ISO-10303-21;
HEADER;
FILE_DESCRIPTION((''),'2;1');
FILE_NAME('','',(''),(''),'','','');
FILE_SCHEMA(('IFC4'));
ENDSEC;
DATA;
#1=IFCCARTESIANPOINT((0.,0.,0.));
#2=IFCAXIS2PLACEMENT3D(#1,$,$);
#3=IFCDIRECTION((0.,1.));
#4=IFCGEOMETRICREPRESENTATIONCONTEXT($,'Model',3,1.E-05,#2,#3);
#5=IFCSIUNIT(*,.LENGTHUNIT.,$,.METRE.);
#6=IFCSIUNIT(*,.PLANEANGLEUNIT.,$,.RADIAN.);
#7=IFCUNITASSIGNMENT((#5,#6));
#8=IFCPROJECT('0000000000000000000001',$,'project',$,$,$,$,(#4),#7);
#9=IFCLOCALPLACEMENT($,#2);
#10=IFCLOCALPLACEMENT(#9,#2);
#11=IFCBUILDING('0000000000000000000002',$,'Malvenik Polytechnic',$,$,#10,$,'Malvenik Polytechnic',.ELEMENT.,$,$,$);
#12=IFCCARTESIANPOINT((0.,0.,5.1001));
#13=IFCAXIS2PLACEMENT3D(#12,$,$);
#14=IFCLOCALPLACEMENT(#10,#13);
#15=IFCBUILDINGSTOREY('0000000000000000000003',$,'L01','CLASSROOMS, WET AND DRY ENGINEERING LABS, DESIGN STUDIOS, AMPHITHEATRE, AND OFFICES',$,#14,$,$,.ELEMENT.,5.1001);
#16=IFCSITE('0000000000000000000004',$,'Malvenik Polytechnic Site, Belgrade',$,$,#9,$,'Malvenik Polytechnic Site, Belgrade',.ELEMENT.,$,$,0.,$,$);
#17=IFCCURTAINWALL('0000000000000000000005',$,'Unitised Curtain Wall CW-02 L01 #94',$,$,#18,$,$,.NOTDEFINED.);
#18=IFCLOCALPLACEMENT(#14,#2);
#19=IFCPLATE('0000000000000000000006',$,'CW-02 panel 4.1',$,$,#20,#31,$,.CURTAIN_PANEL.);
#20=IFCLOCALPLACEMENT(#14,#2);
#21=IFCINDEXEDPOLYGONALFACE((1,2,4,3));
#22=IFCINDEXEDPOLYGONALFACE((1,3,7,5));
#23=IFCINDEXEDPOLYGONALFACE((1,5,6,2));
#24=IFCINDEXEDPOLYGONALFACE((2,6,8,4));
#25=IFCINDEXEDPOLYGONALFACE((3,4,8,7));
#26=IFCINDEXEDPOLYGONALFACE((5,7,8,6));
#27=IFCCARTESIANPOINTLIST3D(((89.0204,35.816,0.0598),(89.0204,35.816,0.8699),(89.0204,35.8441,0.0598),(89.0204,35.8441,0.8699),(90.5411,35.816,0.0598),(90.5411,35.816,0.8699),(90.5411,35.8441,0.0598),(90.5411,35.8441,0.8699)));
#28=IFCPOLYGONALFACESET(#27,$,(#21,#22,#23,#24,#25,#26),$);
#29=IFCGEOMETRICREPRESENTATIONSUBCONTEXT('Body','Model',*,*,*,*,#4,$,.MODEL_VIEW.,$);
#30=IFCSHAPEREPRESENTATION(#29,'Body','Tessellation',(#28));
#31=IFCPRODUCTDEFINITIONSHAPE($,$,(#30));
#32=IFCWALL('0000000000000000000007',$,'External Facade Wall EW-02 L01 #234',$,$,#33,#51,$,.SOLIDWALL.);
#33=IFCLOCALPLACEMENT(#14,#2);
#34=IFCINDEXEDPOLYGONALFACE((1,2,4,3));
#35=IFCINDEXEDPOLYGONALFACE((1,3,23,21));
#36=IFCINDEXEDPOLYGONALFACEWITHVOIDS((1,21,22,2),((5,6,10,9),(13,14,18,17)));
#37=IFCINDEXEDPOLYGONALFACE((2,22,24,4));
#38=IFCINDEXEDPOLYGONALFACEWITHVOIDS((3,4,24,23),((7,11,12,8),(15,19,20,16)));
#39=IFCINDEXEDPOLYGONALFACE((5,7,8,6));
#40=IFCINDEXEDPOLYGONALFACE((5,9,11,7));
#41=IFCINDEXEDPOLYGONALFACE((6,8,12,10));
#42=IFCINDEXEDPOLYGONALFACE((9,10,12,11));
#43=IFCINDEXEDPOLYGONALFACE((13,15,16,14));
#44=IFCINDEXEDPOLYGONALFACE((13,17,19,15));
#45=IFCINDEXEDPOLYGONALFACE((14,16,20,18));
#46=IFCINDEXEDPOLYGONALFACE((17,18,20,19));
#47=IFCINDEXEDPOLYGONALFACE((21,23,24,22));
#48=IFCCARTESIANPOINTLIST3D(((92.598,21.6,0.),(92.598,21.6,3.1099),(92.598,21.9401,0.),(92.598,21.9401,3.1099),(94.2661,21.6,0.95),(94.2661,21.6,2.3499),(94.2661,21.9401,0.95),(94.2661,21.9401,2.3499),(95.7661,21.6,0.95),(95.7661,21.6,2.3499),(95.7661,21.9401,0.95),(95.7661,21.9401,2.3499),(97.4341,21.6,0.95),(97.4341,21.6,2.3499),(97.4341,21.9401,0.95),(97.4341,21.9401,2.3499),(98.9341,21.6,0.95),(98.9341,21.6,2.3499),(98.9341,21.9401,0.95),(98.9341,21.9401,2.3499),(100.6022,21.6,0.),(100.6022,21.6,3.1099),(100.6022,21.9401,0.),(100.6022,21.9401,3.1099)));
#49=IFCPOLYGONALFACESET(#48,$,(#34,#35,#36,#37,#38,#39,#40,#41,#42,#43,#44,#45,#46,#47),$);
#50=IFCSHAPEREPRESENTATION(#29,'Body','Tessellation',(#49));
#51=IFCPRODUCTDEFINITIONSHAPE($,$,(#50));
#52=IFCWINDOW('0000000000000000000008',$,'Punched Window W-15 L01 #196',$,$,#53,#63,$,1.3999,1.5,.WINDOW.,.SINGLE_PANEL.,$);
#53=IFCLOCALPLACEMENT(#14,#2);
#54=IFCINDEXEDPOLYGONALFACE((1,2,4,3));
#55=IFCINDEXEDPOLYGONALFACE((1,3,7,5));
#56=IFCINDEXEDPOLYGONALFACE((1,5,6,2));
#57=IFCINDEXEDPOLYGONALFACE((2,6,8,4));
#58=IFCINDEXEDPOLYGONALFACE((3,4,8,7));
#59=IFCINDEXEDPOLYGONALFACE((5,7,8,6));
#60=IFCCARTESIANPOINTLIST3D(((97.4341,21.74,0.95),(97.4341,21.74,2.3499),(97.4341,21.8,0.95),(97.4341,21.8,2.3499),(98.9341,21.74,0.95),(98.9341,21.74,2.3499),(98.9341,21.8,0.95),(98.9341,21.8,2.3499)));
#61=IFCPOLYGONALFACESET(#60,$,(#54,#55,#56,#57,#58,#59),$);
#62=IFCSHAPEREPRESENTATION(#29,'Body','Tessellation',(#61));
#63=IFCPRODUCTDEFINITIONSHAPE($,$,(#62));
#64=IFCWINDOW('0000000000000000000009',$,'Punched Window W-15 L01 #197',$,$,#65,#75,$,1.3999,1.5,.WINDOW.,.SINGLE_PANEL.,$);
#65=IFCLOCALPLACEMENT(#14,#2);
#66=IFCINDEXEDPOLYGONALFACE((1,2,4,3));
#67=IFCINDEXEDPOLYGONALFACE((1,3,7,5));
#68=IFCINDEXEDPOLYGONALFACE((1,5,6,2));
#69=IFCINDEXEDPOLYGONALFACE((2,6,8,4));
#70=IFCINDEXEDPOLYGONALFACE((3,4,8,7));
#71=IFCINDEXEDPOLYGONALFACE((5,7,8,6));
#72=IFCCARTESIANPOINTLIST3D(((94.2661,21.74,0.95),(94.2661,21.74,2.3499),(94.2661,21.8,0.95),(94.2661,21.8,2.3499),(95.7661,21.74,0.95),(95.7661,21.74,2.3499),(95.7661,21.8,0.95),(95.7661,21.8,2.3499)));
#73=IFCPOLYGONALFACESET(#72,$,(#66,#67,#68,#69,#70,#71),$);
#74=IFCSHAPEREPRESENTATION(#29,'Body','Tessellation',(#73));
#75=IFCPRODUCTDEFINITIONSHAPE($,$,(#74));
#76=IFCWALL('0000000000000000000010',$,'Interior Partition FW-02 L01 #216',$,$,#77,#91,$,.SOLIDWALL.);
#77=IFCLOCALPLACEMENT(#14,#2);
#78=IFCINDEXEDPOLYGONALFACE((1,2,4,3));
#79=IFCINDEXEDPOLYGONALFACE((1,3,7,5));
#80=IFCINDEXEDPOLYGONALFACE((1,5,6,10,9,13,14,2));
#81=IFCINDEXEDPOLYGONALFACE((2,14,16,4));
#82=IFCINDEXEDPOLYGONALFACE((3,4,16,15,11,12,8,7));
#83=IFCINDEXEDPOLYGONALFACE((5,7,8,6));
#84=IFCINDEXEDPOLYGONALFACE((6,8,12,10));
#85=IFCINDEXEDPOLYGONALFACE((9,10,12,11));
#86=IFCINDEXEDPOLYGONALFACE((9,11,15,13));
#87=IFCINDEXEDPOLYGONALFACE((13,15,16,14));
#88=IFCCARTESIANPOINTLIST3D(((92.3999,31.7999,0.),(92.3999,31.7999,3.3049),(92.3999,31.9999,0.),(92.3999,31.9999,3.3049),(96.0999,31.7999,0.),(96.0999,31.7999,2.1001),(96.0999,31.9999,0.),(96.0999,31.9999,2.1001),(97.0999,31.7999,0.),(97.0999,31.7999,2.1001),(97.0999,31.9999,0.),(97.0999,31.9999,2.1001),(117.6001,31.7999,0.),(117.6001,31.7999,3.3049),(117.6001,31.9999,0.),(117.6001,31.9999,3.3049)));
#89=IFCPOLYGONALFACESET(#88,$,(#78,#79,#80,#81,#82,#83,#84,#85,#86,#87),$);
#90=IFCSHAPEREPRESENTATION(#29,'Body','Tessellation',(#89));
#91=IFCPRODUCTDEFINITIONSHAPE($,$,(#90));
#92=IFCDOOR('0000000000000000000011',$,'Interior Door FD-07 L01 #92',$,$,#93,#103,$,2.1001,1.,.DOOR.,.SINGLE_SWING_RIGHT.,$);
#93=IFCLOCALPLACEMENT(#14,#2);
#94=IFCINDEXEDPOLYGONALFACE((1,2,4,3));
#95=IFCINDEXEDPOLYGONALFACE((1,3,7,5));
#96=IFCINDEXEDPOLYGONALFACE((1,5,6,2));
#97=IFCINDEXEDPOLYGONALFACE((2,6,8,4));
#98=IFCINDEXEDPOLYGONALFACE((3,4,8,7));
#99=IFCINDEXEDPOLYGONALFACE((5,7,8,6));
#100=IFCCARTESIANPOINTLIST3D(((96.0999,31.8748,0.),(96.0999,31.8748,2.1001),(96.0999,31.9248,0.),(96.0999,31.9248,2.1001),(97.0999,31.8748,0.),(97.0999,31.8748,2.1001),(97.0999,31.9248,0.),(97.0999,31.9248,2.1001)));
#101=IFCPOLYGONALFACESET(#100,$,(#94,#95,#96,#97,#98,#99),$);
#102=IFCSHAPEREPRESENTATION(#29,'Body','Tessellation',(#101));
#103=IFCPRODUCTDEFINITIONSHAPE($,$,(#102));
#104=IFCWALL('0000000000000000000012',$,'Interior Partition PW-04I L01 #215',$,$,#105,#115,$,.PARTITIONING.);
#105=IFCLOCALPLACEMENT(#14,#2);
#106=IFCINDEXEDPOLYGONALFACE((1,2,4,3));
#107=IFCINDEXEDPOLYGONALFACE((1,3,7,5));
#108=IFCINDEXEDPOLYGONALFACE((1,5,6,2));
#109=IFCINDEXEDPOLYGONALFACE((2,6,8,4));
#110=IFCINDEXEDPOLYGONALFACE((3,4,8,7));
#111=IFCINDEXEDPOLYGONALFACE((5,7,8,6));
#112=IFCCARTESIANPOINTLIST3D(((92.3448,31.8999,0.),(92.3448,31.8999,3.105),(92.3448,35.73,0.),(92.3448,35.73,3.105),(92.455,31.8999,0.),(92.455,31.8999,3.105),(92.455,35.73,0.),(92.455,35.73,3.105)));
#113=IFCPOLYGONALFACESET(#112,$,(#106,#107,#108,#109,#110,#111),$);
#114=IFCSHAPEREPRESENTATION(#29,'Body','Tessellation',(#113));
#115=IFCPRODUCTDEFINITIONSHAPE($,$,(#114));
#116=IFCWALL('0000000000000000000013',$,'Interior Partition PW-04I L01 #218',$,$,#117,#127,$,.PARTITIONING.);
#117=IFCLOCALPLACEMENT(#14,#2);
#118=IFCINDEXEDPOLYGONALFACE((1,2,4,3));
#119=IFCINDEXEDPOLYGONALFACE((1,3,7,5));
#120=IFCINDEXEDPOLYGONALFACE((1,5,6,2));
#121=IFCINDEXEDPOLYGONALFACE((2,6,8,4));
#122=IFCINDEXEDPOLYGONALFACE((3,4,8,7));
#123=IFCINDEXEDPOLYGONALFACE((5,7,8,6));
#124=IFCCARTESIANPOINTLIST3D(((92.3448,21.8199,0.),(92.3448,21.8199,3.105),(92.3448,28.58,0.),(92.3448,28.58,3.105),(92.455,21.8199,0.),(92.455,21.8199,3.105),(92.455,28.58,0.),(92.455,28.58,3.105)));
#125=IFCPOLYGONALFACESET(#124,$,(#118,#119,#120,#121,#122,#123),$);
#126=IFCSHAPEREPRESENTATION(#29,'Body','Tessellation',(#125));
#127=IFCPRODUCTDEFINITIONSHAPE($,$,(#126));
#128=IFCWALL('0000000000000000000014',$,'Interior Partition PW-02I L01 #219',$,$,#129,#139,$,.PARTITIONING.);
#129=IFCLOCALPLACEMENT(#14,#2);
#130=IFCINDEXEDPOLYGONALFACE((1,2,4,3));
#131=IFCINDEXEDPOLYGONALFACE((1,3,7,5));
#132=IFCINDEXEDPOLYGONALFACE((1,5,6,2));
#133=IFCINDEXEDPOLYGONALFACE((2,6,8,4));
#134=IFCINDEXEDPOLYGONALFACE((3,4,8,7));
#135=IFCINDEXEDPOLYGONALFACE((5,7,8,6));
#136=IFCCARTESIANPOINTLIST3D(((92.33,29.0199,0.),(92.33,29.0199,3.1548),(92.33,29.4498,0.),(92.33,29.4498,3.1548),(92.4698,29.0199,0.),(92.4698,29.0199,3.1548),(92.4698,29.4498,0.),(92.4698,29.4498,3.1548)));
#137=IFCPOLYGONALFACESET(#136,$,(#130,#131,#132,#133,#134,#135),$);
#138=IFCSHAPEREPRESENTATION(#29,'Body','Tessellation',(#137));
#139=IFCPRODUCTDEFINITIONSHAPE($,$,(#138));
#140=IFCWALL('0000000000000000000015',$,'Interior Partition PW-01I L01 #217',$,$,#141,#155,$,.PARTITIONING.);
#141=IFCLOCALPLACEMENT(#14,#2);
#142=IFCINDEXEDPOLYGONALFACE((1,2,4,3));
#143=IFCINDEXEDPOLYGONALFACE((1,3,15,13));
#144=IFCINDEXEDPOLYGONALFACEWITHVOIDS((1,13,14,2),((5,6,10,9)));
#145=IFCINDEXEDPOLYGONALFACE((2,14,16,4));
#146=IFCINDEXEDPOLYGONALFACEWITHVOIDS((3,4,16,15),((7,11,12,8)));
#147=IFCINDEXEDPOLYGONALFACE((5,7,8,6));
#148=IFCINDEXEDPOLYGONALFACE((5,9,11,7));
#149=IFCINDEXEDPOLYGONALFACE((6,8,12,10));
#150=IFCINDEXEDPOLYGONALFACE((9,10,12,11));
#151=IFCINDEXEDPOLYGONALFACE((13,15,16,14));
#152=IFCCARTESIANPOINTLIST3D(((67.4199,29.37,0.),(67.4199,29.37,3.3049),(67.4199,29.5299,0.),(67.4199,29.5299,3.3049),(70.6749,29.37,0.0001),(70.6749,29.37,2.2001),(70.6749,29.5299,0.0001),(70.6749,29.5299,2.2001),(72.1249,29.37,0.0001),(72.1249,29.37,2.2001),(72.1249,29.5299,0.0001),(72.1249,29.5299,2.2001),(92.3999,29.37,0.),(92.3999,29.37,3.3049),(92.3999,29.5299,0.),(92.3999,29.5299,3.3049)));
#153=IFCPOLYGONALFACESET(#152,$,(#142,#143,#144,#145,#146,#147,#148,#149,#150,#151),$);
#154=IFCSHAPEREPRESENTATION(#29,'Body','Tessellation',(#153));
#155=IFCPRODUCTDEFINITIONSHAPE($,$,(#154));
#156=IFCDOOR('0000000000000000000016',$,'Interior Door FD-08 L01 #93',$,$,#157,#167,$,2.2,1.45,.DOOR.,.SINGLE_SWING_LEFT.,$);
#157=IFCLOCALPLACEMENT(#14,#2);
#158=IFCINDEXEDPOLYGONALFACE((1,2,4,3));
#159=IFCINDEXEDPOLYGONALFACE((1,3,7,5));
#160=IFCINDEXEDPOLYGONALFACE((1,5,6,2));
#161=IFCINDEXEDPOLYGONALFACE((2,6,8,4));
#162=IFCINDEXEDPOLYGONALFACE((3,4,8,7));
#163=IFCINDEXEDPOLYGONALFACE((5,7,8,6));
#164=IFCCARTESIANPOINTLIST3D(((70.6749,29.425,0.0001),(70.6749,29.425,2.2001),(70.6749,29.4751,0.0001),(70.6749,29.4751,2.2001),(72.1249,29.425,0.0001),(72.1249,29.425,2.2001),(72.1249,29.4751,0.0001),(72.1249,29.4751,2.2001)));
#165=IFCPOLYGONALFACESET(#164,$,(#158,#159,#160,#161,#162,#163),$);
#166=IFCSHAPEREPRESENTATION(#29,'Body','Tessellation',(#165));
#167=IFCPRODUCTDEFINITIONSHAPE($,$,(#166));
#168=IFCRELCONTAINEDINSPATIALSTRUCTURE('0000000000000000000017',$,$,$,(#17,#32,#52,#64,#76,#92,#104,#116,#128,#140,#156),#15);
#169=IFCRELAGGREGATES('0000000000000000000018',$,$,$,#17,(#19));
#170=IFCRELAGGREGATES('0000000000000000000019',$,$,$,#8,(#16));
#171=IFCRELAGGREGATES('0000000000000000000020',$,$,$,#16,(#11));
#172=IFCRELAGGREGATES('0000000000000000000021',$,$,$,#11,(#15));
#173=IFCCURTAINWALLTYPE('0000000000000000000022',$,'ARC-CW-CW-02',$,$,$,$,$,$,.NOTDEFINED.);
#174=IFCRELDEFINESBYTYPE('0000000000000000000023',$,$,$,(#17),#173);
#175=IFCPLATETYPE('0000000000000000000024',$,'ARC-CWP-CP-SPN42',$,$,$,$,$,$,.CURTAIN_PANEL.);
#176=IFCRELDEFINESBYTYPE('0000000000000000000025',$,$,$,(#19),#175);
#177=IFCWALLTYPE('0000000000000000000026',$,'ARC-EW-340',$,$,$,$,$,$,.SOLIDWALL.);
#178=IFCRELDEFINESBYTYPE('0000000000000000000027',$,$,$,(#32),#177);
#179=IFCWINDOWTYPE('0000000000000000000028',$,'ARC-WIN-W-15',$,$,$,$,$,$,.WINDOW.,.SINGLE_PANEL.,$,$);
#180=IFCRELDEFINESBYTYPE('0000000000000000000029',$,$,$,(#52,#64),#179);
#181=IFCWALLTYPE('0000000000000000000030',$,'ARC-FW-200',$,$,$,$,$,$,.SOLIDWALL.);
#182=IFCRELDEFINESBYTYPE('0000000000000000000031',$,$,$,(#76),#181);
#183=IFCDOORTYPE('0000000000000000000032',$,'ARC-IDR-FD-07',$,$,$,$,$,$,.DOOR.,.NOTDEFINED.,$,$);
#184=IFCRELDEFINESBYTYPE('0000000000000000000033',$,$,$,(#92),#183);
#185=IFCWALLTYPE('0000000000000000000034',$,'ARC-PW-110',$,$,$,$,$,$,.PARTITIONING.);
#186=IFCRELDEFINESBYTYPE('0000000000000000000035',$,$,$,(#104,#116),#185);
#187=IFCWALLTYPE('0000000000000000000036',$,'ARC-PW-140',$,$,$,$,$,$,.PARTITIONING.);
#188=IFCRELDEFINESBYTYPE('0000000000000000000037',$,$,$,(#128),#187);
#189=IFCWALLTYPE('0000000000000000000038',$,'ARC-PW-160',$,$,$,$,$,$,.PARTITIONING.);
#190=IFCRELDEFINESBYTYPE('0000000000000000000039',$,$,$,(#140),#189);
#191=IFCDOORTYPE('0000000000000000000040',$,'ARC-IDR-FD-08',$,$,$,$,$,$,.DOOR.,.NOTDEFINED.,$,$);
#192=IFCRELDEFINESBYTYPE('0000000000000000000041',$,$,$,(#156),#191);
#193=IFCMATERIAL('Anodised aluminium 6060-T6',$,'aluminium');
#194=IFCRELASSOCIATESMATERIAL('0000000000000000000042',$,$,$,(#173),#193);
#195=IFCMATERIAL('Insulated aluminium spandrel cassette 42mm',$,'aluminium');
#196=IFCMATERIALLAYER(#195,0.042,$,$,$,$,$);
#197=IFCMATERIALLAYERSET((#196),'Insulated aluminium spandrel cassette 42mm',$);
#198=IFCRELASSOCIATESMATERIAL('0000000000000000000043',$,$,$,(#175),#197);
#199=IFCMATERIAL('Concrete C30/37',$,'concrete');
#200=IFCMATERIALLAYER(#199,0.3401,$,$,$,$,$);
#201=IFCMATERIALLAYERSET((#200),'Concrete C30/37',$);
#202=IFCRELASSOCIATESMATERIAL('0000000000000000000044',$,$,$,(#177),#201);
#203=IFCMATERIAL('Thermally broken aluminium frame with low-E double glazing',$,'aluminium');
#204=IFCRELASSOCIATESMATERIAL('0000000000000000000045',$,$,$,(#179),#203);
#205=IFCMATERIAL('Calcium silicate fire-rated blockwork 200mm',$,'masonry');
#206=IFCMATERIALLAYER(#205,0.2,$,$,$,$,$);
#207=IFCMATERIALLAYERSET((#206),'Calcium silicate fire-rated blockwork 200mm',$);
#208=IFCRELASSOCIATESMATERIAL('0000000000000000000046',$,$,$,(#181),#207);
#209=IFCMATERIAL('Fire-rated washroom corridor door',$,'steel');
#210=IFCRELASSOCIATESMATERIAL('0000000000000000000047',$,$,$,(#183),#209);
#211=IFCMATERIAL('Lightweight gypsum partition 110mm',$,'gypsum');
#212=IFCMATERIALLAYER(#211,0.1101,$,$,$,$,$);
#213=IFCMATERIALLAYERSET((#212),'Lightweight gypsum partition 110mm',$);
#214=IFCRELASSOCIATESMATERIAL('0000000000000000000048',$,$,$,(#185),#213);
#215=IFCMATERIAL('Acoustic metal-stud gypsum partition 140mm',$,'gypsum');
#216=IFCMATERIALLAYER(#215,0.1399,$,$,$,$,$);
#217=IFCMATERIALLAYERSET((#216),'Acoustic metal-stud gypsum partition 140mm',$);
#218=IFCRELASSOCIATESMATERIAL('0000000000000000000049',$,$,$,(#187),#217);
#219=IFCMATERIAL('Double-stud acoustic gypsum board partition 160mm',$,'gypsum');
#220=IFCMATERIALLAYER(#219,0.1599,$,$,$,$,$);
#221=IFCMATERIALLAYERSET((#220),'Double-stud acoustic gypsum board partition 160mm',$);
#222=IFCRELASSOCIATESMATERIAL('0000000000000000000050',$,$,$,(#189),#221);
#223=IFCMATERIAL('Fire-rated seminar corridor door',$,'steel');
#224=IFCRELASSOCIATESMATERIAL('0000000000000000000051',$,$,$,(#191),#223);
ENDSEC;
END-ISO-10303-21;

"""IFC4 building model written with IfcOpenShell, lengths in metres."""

from ifc_helpers import new_model, si_unit, direction, frame, frame_2d, origin, origin_2d, place, context, subcontext, project, spatial, rectangle, extrude, material, layer, layer_set, type_object, element, fill, aggregate, save


model = new_model("IFC4")

# Units and contexts
model_context = context("Model", 3, precision=1e-05, world=origin(), true_north=direction((0.0, 1.0)))
body_context = subcontext(model_context, "Body", "Model", "MODEL_VIEW")
ifc_project = project(units=[si_unit("LENGTHUNIT", "METRE"), si_unit("PLANEANGLEUNIT", "RADIAN")], contexts=[model_context])

# Site, building, storey
site_placement = place(None, origin())
site = spatial("IfcSite", under=ifc_project, at=site_placement, Name="Malvenik Polytechnic Site, Belgrade", LongName="Malvenik Polytechnic Site, Belgrade", CompositionType="ELEMENT", RefElevation=0.0)
building_placement = place(site_placement, origin())
building = spatial("IfcBuilding", under=site, at=building_placement, Name="Malvenik Polytechnic", LongName="Malvenik Polytechnic", CompositionType="ELEMENT")
storey_placement = place(building_placement, frame((0.0, 0.0, 5.1001)))
storey = spatial("IfcBuildingStorey", under=building, at=storey_placement, Name="L01", Description="CLASSROOMS, WET AND DRY ENGINEERING LABS, DESIGN STUDIOS, AMPHITHEATRE, AND OFFICES", CompositionType="ELEMENT", Elevation=5.1001)

# Shared definitions
ifc_material_1 = material(Name="Concrete C30/37", Category="concrete")

# Curtain wall
ifc_material_2 = material(Name="Anodised aluminium 6060-T6", Category="aluminium")
curtain_wall_type = type_object("IfcCurtainWallType", Name="ARC-CW-CW-02", PredefinedType="NOTDEFINED", material=ifc_material_2)
curtain_wall_1_placement = place(storey_placement, origin())
curtain_wall_1 = element("IfcCurtainWall", 1, at=curtain_wall_1_placement, inside=storey, type_object=curtain_wall_type, Name="Unitised Curtain Wall CW-02 L01 #94", PredefinedType="NOTDEFINED")

# Plate
ifc_material_3 = material(Name="Insulated aluminium spandrel cassette 42mm", Category="aluminium")
ifc_layer_1 = layer(ifc_material_3, 0.042)
ifc_layer_set_1 = layer_set([ifc_layer_1], Name="Insulated aluminium spandrel cassette 42mm")
plate_type = type_object("IfcPlateType", Name="ARC-CWP-CP-SPN42", PredefinedType="CURTAIN_PANEL", material=ifc_layer_set_1)
plate_placement = place(storey_placement, frame((89.7808, 35.8301, 0.0598), z_axis=(0.0, 0.0, 1.0), x_axis=(1.0, 0.0, 0.0)))
plate = element("IfcPlate", 2, at=plate_placement, type_object=plate_type, Name="CW-02 panel 4.1", PredefinedType="CURTAIN_PANEL", context=body_context, shape_type="SweptSolid", body=[
    extrude(rectangle(XDim=1.5208, YDim=0.0281, at=origin_2d()), origin(), (0.0, 0.0, 1.0), 0.8101),
])
aggregate(curtain_wall_1, [plate])

# Wall, openings, windows
ifc_layer_2 = layer(ifc_material_1, 0.3401)
ifc_layer_set_2 = layer_set([ifc_layer_2], Name="Concrete C30/37")
wall_type_1 = type_object("IfcWallType", Name="ARC-EW-340", PredefinedType="SOLIDWALL", material=ifc_layer_set_2)
wall_1_placement = place(storey_placement, frame((100.6021, 21.77, 0.0), z_axis=(0.0, 0.0, 1.0), x_axis=(-1.0, 0.0, 0.0)))
wall_1 = element("IfcWall", 3, at=wall_1_placement, inside=storey, type_object=wall_type_1, Name="External Facade Wall EW-02 L01 #234", PredefinedType="SOLIDWALL", context=body_context, shape_type="SweptSolid", body=[
    extrude(rectangle(XDim=8.0042, YDim=0.3401, at=frame_2d((4.002, 0.0))), origin(), (0.0, 0.0, 1.0), 3.1099),
])
opening_1_placement = place(wall_1_placement, frame((1.668, 0.0, 0.95)))
opening_1 = element("IfcOpeningElement", 4, at=opening_1_placement, cuts=wall_1, PredefinedType="OPENING", context=body_context, shape_type="SweptSolid", body=[
    extrude(rectangle(XDim=1.5, YDim=1.3999, at=frame_2d((0.75, 0.7))), frame((0.0, 0.1802, 0.0), z_axis=(0.0, -1.0, 0.0), x_axis=(1.0, 0.0, 0.0)), (0.0, 0.0, 1.0), 0.3601),
])
opening_2_placement = place(wall_1_placement, frame((4.8359, 0.0, 0.95)))
opening_2 = element("IfcOpeningElement", 5, at=opening_2_placement, cuts=wall_1, PredefinedType="OPENING", context=body_context, shape_type="SweptSolid", body=[
    extrude(rectangle(XDim=1.5, YDim=1.3999, at=frame_2d((0.75, 0.7))), frame((0.0, 0.1802, 0.0), z_axis=(0.0, -1.0, 0.0), x_axis=(1.0, 0.0, 0.0)), (0.0, 0.0, 1.0), 0.3601),
])
ifc_material_4 = material(Name="Thermally broken aluminium frame with low-E double glazing", Category="aluminium")
window_type = type_object("IfcWindowType", Name="ARC-WIN-W-15", PartitioningType="SINGLE_PANEL", PredefinedType="WINDOW", material=ifc_material_4)
window_1_placement = place(opening_1_placement, origin())
window_1 = element("IfcWindow", 6, at=window_1_placement, inside=storey, type_object=window_type, Name="Punched Window W-15 L01 #196", OverallHeight=1.3999, OverallWidth=1.5, PartitioningType="SINGLE_PANEL", PredefinedType="WINDOW", context=body_context, shape_type="SweptSolid", body=[
    extrude(rectangle(XDim=1.5, YDim=1.3999, at=frame_2d((0.75, 0.7))), frame((0.0, 0.03, 0.0), z_axis=(0.0, -1.0, 0.0), x_axis=(1.0, 0.0, 0.0)), (0.0, 0.0, 1.0), 0.0601),
])
fill(opening_1, window_1)
window_2_placement = place(opening_2_placement, origin())
window_2 = element("IfcWindow", 7, at=window_2_placement, inside=storey, type_object=window_type, Name="Punched Window W-15 L01 #197", OverallHeight=1.3999, OverallWidth=1.5, PartitioningType="SINGLE_PANEL", PredefinedType="WINDOW", context=body_context, shape_type="SweptSolid", body=[
    extrude(rectangle(XDim=1.5, YDim=1.3999, at=frame_2d((0.75, 0.7))), frame((0.0, 0.03, 0.0), z_axis=(0.0, -1.0, 0.0), x_axis=(1.0, 0.0, 0.0)), (0.0, 0.0, 1.0), 0.0601),
])
fill(opening_2, window_2)

# Wall, opening, door
ifc_material_5 = material(Name="Calcium silicate fire-rated blockwork 200mm", Category="masonry")
ifc_layer_3 = layer(ifc_material_5, 0.2)
ifc_layer_set_3 = layer_set([ifc_layer_3], Name="Calcium silicate fire-rated blockwork 200mm")
wall_type_2 = type_object("IfcWallType", Name="ARC-FW-200", PredefinedType="SOLIDWALL", material=ifc_layer_set_3)
wall_2_placement = place(storey_placement, frame((92.3999, 31.8999, 0.0), z_axis=(0.0, 0.0, 1.0), x_axis=(1.0, 0.0, 0.0)))
wall_2 = element("IfcWall", 8, at=wall_2_placement, inside=storey, type_object=wall_type_2, Name="Interior Partition FW-02 L01 #216", PredefinedType="SOLIDWALL", context=body_context, shape_type="SweptSolid", body=[
    extrude(rectangle(XDim=25.2002, YDim=0.2, at=frame_2d((12.6001, 0.0))), origin(), (0.0, 0.0, 1.0), 3.3049),
])
opening_3_placement = place(wall_2_placement, frame((3.7, 0.0, 0.0)))
opening_3 = element("IfcOpeningElement", 9, at=opening_3_placement, cuts=wall_2, PredefinedType="OPENING", context=body_context, shape_type="SweptSolid", body=[
    extrude(rectangle(XDim=1.0, YDim=2.1001, at=frame_2d((0.5, 1.05))), frame((0.0, 0.1099, 0.0), z_axis=(0.0, -1.0, 0.0), x_axis=(1.0, 0.0, 0.0)), (0.0, 0.0, 1.0), 0.22),
])
ifc_material_6 = material(Name="Fire-rated washroom corridor door", Category="steel")
door_type_1 = type_object("IfcDoorType", Name="ARC-IDR-FD-07", OperationType="NOTDEFINED", PredefinedType="DOOR", material=ifc_material_6)
door_1_placement = place(opening_3_placement, origin())
door_1 = element("IfcDoor", 10, at=door_1_placement, inside=storey, type_object=door_type_1, Name="Interior Door FD-07 L01 #92", OperationType="SINGLE_SWING_RIGHT", OverallHeight=2.1001, OverallWidth=1.0, PredefinedType="DOOR", context=body_context, shape_type="SweptSolid", body=[
    extrude(rectangle(XDim=1.0, YDim=2.1001, at=frame_2d((0.5, 1.05))), frame((0.0, 0.0249, 0.0), z_axis=(0.0, -1.0, 0.0), x_axis=(1.0, 0.0, 0.0)), (0.0, 0.0, 1.0), 0.05),
])
fill(opening_3, door_1)

# Walls
ifc_material_7 = material(Name="Lightweight gypsum partition 110mm", Category="gypsum")
ifc_layer_4 = layer(ifc_material_7, 0.1101)
ifc_layer_set_4 = layer_set([ifc_layer_4], Name="Lightweight gypsum partition 110mm")
wall_type_3 = type_object("IfcWallType", Name="ARC-PW-110", PredefinedType="PARTITIONING", material=ifc_layer_set_4)
wall_3_placement = place(storey_placement, frame((92.3999, 31.8999, 0.0), z_axis=(0.0, 0.0, 1.0), x_axis=(0.0, 1.0, 0.0)))
element("IfcWall", 11, at=wall_3_placement, inside=storey, type_object=wall_type_3, Name="Interior Partition PW-04I L01 #215", PredefinedType="PARTITIONING", context=body_context, shape_type="SweptSolid", body=[
    extrude(rectangle(XDim=3.8301, YDim=0.1101, at=frame_2d((1.915, 0.0))), origin(), (0.0, 0.0, 1.0), 3.105),
])
wall_4_placement = place(storey_placement, frame((92.3999, 21.8201, 0.0), z_axis=(0.0, 0.0, 1.0), x_axis=(0.0, 1.0, 0.0)))
element("IfcWall", 12, at=wall_4_placement, inside=storey, type_object=wall_type_3, Name="Interior Partition PW-04I L01 #218", PredefinedType="PARTITIONING", context=body_context, shape_type="SweptSolid", body=[
    extrude(rectangle(XDim=6.76, YDim=0.1101, at=frame_2d((3.3799, 0.0))), origin(), (0.0, 0.0, 1.0), 3.105),
])
ifc_material_8 = material(Name="Acoustic metal-stud gypsum partition 140mm", Category="gypsum")
ifc_layer_5 = layer(ifc_material_8, 0.1399)
ifc_layer_set_5 = layer_set([ifc_layer_5], Name="Acoustic metal-stud gypsum partition 140mm")
wall_type_4 = type_object("IfcWallType", Name="ARC-PW-140", PredefinedType="PARTITIONING", material=ifc_layer_set_5)
wall_5_placement = place(storey_placement, frame((92.3999, 29.02, 0.0), z_axis=(0.0, 0.0, 1.0), x_axis=(0.0, 1.0, 0.0)))
element("IfcWall", 13, at=wall_5_placement, inside=storey, type_object=wall_type_4, Name="Interior Partition PW-02I L01 #219", PredefinedType="PARTITIONING", context=body_context, shape_type="SweptSolid", body=[
    extrude(rectangle(XDim=0.4299, YDim=0.1399, at=frame_2d((0.2148, 0.0))), origin(), (0.0, 0.0, 1.0), 3.1548),
])

# Wall, opening, door
ifc_material_9 = material(Name="Double-stud acoustic gypsum board partition 160mm", Category="gypsum")
ifc_layer_6 = layer(ifc_material_9, 0.1599)
ifc_layer_set_6 = layer_set([ifc_layer_6], Name="Double-stud acoustic gypsum board partition 160mm")
wall_type_5 = type_object("IfcWallType", Name="ARC-PW-160", PredefinedType="PARTITIONING", material=ifc_layer_set_6)
wall_6_placement = place(storey_placement, frame((92.3999, 29.45, 0.0), z_axis=(0.0, 0.0, 1.0), x_axis=(-1.0, 0.0, 0.0)))
wall_6 = element("IfcWall", 14, at=wall_6_placement, inside=storey, type_object=wall_type_5, Name="Interior Partition PW-01I L01 #217", PredefinedType="PARTITIONING", context=body_context, shape_type="SweptSolid", body=[
    extrude(rectangle(XDim=24.98, YDim=0.1599, at=frame_2d((12.49, 0.0))), origin(), (0.0, 0.0, 1.0), 3.3049),
])
opening_4_placement = place(wall_6_placement, frame((20.2749, 0.0, 0.0)))
opening_4 = element("IfcOpeningElement", 15, at=opening_4_placement, cuts=wall_6, PredefinedType="OPENING", context=body_context, shape_type="SweptSolid", body=[
    extrude(rectangle(XDim=1.45, YDim=2.2, at=frame_2d((0.7251, 1.1001))), frame((0.0, 0.0898, 0.0), z_axis=(0.0, -1.0, 0.0), x_axis=(1.0, 0.0, 0.0)), (0.0, 0.0, 1.0), 0.1799),
])
ifc_material_10 = material(Name="Fire-rated seminar corridor door", Category="steel")
door_type_2 = type_object("IfcDoorType", Name="ARC-IDR-FD-08", OperationType="NOTDEFINED", PredefinedType="DOOR", material=ifc_material_10)
door_2_placement = place(opening_4_placement, origin())
door_2 = element("IfcDoor", 16, at=door_2_placement, inside=storey, type_object=door_type_2, Name="Interior Door FD-08 L01 #93", OperationType="SINGLE_SWING_LEFT", OverallHeight=2.2, OverallWidth=1.45, PredefinedType="DOOR", context=body_context, shape_type="SweptSolid", body=[
    extrude(rectangle(XDim=1.45, YDim=2.2, at=frame_2d((0.7251, 1.1001))), frame((0.0, 0.0249, 0.0), z_axis=(0.0, -1.0, 0.0), x_axis=(1.0, 0.0, 0.0)), (0.0, 0.0, 1.0), 0.05),
])
fill(opening_4, door_2)

save(model, "model.ifc")
